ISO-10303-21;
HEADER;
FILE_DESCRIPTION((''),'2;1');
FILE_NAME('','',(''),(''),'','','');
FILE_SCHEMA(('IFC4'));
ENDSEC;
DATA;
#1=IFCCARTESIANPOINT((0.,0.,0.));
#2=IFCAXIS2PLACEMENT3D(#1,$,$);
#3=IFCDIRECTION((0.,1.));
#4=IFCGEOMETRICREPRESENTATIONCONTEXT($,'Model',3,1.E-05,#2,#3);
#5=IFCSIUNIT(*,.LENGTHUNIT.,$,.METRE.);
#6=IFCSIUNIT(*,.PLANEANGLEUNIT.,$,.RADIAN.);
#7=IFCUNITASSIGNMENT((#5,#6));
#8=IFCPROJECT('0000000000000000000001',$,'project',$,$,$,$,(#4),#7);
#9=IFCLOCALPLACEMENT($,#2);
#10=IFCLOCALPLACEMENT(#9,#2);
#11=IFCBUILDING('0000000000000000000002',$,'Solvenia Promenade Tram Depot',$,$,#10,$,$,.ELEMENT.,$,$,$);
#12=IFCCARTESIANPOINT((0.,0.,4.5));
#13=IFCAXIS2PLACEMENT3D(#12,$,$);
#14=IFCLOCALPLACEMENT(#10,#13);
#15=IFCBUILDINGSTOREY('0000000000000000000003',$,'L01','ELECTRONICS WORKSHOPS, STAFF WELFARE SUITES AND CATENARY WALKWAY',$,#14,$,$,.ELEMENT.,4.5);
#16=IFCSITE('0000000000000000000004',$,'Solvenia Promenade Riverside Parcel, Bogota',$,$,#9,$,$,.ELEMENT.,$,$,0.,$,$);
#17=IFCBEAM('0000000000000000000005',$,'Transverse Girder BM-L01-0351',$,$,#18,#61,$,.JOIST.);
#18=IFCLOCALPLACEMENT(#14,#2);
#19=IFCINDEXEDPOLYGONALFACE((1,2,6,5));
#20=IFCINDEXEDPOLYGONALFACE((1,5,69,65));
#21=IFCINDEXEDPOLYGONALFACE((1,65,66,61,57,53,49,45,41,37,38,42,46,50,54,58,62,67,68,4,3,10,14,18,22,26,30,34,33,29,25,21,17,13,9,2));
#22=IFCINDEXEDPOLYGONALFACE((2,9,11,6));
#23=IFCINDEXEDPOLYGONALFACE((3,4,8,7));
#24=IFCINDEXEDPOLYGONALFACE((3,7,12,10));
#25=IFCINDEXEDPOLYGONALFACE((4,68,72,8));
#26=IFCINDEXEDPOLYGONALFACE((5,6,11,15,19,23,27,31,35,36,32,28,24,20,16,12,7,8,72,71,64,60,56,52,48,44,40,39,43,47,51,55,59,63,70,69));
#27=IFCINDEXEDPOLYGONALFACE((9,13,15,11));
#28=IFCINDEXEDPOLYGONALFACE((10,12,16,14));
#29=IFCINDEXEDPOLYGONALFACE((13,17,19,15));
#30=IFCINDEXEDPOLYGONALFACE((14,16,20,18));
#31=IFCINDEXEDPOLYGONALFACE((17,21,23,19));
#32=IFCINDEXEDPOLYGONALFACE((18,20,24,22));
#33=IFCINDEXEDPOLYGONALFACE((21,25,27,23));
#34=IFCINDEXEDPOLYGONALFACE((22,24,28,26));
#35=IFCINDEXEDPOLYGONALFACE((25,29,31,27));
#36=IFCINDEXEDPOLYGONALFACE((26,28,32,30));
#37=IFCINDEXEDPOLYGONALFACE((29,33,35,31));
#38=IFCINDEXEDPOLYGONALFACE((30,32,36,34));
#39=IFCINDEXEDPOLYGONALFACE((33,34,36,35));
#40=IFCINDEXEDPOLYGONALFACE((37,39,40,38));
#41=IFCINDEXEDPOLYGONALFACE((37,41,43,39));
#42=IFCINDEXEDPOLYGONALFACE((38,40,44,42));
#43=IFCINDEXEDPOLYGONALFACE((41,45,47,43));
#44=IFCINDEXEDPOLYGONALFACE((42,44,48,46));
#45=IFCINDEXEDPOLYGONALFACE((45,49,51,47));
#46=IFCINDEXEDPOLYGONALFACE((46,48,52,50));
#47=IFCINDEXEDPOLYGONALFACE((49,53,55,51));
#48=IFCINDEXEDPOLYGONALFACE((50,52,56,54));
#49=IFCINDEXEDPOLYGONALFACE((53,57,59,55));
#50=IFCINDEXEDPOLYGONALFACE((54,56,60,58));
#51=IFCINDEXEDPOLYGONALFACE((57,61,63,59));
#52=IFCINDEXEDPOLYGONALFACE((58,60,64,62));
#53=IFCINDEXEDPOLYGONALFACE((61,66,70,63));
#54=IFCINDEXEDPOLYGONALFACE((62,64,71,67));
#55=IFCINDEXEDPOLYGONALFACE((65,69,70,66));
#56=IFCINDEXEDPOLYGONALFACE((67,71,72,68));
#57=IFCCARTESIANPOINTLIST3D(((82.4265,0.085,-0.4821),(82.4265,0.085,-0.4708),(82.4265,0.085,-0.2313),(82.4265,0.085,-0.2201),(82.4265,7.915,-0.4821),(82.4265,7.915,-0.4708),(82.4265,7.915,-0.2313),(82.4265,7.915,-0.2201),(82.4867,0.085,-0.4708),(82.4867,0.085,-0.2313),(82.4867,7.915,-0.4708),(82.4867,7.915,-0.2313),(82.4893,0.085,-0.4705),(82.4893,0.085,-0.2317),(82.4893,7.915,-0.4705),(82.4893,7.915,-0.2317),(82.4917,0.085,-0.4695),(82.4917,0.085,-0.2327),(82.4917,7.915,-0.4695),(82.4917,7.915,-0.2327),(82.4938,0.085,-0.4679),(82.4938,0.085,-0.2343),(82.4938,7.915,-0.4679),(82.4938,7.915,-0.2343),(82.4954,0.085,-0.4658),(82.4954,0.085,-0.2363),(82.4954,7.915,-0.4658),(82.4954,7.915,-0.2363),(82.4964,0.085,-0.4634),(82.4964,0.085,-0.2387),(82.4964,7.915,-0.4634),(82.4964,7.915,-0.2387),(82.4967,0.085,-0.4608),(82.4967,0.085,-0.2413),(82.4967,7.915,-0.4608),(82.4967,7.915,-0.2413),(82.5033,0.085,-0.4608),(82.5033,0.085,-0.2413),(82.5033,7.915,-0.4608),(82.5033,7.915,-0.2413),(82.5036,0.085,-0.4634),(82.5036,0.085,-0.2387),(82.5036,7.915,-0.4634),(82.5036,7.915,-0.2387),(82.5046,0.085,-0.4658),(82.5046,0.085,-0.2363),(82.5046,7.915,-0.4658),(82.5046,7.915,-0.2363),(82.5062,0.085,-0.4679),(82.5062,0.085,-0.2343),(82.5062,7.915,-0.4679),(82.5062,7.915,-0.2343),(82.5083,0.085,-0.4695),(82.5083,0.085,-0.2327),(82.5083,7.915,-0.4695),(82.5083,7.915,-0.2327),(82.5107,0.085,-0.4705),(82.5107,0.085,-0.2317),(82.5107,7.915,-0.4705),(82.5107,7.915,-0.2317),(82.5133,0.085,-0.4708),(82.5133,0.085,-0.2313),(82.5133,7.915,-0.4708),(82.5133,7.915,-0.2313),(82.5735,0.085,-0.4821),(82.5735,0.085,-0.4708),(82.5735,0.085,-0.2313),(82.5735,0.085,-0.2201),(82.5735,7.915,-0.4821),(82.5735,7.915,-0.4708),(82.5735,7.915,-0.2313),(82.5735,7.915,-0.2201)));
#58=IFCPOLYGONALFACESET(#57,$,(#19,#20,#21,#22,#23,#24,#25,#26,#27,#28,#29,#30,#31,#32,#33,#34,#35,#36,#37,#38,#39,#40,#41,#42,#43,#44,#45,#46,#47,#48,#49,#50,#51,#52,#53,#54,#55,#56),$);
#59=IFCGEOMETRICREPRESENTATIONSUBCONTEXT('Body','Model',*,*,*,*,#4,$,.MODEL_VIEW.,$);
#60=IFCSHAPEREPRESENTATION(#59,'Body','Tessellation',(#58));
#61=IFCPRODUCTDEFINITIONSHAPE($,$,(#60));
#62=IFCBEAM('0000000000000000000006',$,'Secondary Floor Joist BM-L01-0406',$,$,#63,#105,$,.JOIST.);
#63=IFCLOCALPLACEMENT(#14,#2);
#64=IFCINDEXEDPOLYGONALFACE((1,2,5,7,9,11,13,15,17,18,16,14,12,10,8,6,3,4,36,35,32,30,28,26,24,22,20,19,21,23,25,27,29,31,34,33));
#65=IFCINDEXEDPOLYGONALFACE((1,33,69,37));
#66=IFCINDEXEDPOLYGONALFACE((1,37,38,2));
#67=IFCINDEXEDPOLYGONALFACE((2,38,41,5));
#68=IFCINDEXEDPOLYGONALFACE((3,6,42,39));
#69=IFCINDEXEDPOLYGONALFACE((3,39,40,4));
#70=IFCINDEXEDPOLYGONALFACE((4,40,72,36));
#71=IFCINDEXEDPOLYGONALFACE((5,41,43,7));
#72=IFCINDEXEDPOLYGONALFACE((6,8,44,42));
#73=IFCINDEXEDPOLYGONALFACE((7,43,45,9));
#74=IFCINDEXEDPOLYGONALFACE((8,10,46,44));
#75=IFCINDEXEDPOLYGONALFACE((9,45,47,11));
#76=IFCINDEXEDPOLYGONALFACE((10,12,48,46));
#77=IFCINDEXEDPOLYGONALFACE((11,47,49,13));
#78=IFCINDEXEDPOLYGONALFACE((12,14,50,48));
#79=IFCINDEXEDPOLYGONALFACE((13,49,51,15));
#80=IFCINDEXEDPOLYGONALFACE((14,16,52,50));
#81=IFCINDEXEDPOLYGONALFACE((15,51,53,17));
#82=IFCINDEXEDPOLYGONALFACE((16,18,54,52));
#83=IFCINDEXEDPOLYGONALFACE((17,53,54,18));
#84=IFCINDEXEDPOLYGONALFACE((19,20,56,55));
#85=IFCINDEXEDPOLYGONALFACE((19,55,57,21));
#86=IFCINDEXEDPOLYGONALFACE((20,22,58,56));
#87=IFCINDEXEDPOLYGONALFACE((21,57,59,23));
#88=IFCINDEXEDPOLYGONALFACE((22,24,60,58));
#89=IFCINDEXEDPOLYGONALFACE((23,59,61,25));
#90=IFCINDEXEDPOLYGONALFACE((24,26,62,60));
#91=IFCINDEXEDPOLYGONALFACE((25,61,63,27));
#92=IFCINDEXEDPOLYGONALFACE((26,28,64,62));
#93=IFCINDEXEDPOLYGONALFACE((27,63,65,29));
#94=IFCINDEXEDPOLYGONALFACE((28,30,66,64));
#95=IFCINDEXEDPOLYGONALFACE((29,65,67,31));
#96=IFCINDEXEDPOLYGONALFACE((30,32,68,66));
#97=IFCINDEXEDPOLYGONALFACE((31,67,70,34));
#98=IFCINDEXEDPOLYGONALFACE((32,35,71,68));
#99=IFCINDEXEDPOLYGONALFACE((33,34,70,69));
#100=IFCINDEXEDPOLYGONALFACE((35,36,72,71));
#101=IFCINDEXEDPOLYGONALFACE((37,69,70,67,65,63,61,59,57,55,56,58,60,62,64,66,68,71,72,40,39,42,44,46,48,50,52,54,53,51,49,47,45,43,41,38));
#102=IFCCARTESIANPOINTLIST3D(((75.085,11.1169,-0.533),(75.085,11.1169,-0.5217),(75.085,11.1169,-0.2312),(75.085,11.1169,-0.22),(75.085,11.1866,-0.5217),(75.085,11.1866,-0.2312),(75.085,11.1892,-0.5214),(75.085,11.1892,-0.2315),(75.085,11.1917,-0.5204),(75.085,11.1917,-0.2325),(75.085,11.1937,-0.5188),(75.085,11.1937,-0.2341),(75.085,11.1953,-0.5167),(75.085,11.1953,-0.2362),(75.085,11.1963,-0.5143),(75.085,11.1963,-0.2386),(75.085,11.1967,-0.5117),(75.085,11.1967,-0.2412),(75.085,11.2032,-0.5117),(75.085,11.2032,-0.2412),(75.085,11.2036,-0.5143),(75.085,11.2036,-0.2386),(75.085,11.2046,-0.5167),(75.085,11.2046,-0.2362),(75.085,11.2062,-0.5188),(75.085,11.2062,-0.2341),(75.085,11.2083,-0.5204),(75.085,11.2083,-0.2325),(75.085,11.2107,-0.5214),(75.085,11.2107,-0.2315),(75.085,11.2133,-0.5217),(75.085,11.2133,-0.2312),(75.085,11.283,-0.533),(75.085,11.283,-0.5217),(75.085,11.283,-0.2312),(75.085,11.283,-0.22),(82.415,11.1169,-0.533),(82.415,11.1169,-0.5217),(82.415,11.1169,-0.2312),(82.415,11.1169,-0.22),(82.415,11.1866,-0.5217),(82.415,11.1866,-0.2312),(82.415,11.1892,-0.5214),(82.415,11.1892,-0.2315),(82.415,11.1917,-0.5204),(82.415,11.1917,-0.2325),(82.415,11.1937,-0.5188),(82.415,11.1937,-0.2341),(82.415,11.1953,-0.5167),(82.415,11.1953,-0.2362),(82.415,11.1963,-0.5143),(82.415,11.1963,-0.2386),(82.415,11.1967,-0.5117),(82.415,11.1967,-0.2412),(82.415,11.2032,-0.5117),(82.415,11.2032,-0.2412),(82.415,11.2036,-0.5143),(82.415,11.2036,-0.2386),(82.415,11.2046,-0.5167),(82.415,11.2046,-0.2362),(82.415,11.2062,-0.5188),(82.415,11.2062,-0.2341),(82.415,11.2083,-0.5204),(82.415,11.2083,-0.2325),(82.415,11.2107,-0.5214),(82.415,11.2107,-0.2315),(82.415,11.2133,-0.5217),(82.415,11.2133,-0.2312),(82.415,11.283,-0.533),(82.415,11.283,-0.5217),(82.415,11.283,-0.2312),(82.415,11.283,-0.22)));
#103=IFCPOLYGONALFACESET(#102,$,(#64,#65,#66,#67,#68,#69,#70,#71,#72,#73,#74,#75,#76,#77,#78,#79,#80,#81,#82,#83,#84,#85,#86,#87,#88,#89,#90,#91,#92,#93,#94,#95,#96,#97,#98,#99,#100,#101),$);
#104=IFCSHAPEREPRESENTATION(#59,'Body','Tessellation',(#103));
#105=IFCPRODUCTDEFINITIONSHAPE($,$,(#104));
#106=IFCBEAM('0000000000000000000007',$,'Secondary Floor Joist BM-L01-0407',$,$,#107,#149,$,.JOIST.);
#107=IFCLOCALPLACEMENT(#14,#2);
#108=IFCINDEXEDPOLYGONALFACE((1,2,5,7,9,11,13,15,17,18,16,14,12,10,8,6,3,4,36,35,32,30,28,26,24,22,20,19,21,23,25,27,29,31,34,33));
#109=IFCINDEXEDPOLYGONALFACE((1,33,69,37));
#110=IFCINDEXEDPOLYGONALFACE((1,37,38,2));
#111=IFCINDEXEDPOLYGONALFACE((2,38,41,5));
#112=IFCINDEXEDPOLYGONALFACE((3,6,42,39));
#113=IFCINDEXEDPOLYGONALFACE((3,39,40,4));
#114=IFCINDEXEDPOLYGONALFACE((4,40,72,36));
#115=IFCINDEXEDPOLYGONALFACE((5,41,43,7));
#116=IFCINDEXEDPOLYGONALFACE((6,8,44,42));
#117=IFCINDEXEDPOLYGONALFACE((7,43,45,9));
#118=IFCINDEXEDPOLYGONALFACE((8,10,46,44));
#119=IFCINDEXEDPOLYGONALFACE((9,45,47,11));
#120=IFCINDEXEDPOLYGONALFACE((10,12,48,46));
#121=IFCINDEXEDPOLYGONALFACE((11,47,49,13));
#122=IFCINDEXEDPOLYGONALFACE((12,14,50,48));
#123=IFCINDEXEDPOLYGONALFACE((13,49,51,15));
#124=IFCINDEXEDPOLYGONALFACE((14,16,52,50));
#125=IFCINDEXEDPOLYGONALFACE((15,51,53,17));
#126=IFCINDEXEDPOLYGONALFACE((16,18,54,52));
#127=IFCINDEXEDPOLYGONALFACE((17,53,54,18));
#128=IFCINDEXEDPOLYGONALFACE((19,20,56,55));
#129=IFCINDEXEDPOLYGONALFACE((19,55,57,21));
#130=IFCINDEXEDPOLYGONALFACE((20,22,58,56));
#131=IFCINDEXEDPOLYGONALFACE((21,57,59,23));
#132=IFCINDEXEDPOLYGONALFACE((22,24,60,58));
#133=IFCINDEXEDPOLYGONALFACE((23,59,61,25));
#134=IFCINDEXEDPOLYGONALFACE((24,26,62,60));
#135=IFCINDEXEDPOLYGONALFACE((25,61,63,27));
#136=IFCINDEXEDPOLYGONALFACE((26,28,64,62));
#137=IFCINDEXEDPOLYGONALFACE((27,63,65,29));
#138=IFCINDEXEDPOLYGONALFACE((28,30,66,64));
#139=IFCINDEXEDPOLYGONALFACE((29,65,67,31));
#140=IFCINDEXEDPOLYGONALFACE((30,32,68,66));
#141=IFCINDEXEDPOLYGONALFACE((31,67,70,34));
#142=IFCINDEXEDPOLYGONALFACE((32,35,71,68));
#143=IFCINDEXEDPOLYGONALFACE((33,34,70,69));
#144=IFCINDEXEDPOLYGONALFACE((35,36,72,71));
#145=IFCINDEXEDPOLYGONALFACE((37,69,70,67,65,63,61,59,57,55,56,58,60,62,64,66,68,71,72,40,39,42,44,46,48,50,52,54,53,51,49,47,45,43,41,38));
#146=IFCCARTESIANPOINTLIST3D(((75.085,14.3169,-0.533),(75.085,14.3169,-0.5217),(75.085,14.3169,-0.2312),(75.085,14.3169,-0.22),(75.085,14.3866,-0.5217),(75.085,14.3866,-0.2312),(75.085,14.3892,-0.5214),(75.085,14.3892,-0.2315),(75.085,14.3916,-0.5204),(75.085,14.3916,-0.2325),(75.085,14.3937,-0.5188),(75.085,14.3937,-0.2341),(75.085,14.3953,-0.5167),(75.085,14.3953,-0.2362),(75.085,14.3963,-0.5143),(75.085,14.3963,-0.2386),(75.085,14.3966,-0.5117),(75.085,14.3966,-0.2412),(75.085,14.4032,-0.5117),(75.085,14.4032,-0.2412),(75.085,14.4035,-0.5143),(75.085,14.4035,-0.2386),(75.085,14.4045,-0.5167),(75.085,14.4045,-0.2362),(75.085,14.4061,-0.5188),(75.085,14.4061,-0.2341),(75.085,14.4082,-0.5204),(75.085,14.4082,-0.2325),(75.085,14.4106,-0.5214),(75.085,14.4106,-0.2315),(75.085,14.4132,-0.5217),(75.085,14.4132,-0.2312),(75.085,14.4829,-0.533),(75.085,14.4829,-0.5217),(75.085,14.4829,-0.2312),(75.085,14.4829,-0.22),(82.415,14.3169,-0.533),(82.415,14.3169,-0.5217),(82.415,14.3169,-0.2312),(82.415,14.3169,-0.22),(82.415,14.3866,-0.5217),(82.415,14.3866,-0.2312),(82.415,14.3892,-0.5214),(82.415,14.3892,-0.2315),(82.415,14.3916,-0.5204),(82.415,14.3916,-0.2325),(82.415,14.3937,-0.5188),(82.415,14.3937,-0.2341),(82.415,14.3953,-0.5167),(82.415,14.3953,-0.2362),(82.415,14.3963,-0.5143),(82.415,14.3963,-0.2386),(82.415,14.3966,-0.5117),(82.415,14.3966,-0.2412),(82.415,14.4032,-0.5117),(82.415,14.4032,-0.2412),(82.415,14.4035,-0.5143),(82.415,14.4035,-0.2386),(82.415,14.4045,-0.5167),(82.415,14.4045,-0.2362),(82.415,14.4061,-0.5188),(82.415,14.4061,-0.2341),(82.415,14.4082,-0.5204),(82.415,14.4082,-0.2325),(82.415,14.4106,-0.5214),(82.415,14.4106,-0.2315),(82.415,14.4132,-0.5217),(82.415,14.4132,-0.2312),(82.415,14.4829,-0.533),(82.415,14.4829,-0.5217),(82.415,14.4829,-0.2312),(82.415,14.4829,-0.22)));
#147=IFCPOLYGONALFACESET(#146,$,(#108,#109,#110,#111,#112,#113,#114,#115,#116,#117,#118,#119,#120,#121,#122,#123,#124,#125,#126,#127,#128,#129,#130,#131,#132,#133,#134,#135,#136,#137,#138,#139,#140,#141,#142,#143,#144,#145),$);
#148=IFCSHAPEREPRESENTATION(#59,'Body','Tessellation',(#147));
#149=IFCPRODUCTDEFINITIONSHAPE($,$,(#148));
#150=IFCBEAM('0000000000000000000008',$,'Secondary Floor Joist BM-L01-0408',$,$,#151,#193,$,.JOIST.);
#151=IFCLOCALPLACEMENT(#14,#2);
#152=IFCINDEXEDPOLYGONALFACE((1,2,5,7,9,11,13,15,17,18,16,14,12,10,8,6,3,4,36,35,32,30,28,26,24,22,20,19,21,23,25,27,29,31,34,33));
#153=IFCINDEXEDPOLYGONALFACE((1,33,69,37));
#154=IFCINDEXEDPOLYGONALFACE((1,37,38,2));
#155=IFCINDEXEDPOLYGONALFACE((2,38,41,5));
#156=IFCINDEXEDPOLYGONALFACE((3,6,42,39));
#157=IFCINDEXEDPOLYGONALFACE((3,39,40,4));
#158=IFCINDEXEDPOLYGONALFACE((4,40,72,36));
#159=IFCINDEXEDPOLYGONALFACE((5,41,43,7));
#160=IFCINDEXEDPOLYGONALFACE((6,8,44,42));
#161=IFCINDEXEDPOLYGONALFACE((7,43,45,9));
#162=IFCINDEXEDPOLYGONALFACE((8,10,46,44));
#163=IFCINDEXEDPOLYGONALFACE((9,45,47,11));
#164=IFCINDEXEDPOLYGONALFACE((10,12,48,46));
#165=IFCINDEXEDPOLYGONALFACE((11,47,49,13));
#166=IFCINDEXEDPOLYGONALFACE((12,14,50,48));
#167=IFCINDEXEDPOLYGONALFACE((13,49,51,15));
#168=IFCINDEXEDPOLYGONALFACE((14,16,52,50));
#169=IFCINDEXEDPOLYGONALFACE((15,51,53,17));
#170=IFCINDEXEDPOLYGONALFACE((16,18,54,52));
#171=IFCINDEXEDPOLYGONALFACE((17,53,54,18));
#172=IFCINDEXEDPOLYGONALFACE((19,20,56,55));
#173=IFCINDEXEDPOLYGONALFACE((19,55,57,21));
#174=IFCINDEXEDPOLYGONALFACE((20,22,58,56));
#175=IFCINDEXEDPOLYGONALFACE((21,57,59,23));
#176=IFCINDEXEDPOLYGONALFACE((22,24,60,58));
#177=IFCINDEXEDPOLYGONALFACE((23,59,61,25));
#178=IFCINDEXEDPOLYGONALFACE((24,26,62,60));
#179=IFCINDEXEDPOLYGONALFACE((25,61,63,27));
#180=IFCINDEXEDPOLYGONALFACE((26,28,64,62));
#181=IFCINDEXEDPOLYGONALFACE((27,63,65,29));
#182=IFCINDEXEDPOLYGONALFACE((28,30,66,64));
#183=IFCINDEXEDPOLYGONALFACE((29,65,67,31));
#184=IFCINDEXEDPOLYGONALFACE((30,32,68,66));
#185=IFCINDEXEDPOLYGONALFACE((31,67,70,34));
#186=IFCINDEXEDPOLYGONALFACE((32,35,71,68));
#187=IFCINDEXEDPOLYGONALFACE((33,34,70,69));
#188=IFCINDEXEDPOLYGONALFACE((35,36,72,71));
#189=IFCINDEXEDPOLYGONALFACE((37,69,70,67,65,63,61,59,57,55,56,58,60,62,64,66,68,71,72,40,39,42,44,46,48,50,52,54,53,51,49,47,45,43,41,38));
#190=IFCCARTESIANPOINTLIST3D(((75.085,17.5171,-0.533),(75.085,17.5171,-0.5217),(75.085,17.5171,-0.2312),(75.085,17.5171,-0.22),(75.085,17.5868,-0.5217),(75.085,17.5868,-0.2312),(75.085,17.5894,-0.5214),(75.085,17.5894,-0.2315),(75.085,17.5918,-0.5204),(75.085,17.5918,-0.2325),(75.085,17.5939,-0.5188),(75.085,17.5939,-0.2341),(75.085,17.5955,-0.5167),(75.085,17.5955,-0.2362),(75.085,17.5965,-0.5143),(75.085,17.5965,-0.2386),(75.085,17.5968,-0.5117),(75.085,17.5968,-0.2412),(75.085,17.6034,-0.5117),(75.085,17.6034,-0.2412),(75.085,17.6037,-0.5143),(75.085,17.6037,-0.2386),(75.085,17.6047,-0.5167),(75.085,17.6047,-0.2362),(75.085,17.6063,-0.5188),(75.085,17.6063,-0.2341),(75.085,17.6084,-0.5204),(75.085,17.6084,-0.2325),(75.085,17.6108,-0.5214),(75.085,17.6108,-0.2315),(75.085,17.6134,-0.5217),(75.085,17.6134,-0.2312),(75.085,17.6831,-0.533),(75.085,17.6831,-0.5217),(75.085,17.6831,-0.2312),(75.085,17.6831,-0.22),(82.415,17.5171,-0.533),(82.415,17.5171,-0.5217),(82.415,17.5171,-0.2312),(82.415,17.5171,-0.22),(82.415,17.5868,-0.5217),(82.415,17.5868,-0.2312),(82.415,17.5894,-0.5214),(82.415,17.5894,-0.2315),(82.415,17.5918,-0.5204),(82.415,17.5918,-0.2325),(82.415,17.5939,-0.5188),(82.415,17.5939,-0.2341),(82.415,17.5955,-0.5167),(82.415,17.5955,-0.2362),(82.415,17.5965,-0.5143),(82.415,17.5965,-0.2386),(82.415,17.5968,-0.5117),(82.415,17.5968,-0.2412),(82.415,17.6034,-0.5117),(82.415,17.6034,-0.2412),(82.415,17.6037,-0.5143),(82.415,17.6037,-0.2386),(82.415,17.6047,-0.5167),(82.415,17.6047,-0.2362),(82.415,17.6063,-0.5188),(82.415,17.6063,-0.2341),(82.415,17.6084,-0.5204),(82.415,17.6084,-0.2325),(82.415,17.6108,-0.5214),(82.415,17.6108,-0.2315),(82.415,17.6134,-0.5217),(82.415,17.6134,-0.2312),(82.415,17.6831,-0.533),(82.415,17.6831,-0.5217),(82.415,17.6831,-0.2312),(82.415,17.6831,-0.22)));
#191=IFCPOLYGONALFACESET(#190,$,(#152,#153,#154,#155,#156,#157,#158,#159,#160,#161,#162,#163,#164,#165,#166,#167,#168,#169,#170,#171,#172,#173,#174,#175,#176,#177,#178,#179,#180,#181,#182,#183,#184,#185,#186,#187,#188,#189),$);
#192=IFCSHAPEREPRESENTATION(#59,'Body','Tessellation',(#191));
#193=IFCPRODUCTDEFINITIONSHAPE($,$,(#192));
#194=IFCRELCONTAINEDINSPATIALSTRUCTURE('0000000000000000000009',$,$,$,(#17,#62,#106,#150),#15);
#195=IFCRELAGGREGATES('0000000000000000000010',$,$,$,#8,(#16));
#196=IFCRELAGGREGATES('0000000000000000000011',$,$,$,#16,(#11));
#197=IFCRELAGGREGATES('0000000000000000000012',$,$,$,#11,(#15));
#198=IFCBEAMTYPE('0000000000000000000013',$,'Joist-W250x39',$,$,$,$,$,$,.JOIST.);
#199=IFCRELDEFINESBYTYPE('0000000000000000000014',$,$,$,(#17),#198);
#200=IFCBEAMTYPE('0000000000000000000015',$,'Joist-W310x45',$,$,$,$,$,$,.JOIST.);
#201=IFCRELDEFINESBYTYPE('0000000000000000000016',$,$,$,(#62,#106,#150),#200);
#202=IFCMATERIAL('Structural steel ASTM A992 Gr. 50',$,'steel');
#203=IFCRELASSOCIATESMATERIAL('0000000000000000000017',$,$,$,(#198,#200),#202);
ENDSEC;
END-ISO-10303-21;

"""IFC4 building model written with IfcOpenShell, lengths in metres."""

from ifc_helpers import new_model, si_unit, direction, frame, origin, origin_2d, place, context, subcontext, project, spatial, i_section, extrude, material, material_profile, profile_set, type_object, element, save


model = new_model("IFC4")

# Units and contexts
model_context = context("Model", 3, precision=1e-05, world=origin(), true_north=direction((0.0, 1.0)))
body_context = subcontext(model_context, "Body", "Model", "MODEL_VIEW")
ifc_project = project(units=[si_unit("LENGTHUNIT", "METRE"), si_unit("PLANEANGLEUNIT", "RADIAN")], contexts=[model_context])

# Site, building, storey
site_placement = place(None, origin())
site = spatial("IfcSite", under=ifc_project, at=site_placement, Name="Solvenia Promenade Riverside Parcel, Bogota", CompositionType="ELEMENT", RefElevation=0.0)
building_placement = place(site_placement, origin())
building = spatial("IfcBuilding", under=site, at=building_placement, Name="Solvenia Promenade Tram Depot", CompositionType="ELEMENT")
storey_placement = place(building_placement, frame((0.0, 0.0, 4.5)))
storey = spatial("IfcBuildingStorey", under=building, at=storey_placement, Name="L01", Description="ELECTRONICS WORKSHOPS, STAFF WELFARE SUITES AND CATENARY WALKWAY", CompositionType="ELEMENT", Elevation=4.5)

# Shared definitions
ifc_material_1 = material(Name="Structural steel ASTM A992 Gr. 50", Category="steel")

# Beams
ifc_material_profile_1 = material_profile(ifc_material_1, i_section(OverallWidth=0.147, OverallDepth=0.262, WebThickness=0.0066, FlangeThickness=0.0112, FilletRadius=0.01, at=origin_2d()), Name="W250x39", Category="steel")
ifc_profile_set_1 = profile_set([ifc_material_profile_1], Name="Structural steel ASTM A992 Gr. 50")
beam_type_1 = type_object("IfcBeamType", Name="Joist-W250x39", PredefinedType="JOIST", material=ifc_profile_set_1)
for number, where, z_axis, x_axis, name in (
    (1, (82.5, 0.085, -0.3511), (0.0, 1.0, 0.0), (-1.0, 0.0, 0.0), "Transverse Girder BM-L01-0351"),
):
    element("IfcBeam", number, at=place(storey_placement, frame(where, z_axis=z_axis, x_axis=x_axis)), inside=storey, type_object=beam_type_1, Name=name, PredefinedType="JOIST", context=body_context, shape_type="SweptSolid", body=[
        extrude(i_section(OverallWidth=0.147, OverallDepth=0.262, WebThickness=0.0066, FlangeThickness=0.0112, FilletRadius=0.01, at=origin_2d()), origin(), (0.0, 0.0, 1.0), 7.8301),
    ])
ifc_material_profile_2 = material_profile(ifc_material_1, i_section(OverallWidth=0.166, OverallDepth=0.313, WebThickness=0.0066, FlangeThickness=0.0112, FilletRadius=0.01, at=origin_2d()), Name="W310x45", Category="steel")
ifc_profile_set_2 = profile_set([ifc_material_profile_2], Name="Structural steel ASTM A992 Gr. 50")
beam_type_2 = type_object("IfcBeamType", Name="Joist-W310x45", PredefinedType="JOIST", material=ifc_profile_set_2)
for number, where, z_axis, x_axis, name in (
    (2, (75.085, 11.2, -0.3765), (1.0, 0.0, 0.0), (0.0, 1.0, 0.0), "Secondary Floor Joist BM-L01-0406"),
    (3, (75.085, 14.3999, -0.3765), (1.0, 0.0, 0.0), (0.0, 1.0, 0.0), "Secondary Floor Joist BM-L01-0407"),
    (4, (75.085, 17.6001, -0.3765), (1.0, 0.0, 0.0), (0.0, 1.0, 0.0), "Secondary Floor Joist BM-L01-0408"),
):
    element("IfcBeam", number, at=place(storey_placement, frame(where, z_axis=z_axis, x_axis=x_axis)), inside=storey, type_object=beam_type_2, Name=name, PredefinedType="JOIST", context=body_context, shape_type="SweptSolid", body=[
        extrude(i_section(OverallWidth=0.166, OverallDepth=0.313, WebThickness=0.0066, FlangeThickness=0.0112, FilletRadius=0.01, at=origin_2d()), origin(), (0.0, 0.0, 1.0), 7.3301),
    ])

save(model, "model.ifc")
